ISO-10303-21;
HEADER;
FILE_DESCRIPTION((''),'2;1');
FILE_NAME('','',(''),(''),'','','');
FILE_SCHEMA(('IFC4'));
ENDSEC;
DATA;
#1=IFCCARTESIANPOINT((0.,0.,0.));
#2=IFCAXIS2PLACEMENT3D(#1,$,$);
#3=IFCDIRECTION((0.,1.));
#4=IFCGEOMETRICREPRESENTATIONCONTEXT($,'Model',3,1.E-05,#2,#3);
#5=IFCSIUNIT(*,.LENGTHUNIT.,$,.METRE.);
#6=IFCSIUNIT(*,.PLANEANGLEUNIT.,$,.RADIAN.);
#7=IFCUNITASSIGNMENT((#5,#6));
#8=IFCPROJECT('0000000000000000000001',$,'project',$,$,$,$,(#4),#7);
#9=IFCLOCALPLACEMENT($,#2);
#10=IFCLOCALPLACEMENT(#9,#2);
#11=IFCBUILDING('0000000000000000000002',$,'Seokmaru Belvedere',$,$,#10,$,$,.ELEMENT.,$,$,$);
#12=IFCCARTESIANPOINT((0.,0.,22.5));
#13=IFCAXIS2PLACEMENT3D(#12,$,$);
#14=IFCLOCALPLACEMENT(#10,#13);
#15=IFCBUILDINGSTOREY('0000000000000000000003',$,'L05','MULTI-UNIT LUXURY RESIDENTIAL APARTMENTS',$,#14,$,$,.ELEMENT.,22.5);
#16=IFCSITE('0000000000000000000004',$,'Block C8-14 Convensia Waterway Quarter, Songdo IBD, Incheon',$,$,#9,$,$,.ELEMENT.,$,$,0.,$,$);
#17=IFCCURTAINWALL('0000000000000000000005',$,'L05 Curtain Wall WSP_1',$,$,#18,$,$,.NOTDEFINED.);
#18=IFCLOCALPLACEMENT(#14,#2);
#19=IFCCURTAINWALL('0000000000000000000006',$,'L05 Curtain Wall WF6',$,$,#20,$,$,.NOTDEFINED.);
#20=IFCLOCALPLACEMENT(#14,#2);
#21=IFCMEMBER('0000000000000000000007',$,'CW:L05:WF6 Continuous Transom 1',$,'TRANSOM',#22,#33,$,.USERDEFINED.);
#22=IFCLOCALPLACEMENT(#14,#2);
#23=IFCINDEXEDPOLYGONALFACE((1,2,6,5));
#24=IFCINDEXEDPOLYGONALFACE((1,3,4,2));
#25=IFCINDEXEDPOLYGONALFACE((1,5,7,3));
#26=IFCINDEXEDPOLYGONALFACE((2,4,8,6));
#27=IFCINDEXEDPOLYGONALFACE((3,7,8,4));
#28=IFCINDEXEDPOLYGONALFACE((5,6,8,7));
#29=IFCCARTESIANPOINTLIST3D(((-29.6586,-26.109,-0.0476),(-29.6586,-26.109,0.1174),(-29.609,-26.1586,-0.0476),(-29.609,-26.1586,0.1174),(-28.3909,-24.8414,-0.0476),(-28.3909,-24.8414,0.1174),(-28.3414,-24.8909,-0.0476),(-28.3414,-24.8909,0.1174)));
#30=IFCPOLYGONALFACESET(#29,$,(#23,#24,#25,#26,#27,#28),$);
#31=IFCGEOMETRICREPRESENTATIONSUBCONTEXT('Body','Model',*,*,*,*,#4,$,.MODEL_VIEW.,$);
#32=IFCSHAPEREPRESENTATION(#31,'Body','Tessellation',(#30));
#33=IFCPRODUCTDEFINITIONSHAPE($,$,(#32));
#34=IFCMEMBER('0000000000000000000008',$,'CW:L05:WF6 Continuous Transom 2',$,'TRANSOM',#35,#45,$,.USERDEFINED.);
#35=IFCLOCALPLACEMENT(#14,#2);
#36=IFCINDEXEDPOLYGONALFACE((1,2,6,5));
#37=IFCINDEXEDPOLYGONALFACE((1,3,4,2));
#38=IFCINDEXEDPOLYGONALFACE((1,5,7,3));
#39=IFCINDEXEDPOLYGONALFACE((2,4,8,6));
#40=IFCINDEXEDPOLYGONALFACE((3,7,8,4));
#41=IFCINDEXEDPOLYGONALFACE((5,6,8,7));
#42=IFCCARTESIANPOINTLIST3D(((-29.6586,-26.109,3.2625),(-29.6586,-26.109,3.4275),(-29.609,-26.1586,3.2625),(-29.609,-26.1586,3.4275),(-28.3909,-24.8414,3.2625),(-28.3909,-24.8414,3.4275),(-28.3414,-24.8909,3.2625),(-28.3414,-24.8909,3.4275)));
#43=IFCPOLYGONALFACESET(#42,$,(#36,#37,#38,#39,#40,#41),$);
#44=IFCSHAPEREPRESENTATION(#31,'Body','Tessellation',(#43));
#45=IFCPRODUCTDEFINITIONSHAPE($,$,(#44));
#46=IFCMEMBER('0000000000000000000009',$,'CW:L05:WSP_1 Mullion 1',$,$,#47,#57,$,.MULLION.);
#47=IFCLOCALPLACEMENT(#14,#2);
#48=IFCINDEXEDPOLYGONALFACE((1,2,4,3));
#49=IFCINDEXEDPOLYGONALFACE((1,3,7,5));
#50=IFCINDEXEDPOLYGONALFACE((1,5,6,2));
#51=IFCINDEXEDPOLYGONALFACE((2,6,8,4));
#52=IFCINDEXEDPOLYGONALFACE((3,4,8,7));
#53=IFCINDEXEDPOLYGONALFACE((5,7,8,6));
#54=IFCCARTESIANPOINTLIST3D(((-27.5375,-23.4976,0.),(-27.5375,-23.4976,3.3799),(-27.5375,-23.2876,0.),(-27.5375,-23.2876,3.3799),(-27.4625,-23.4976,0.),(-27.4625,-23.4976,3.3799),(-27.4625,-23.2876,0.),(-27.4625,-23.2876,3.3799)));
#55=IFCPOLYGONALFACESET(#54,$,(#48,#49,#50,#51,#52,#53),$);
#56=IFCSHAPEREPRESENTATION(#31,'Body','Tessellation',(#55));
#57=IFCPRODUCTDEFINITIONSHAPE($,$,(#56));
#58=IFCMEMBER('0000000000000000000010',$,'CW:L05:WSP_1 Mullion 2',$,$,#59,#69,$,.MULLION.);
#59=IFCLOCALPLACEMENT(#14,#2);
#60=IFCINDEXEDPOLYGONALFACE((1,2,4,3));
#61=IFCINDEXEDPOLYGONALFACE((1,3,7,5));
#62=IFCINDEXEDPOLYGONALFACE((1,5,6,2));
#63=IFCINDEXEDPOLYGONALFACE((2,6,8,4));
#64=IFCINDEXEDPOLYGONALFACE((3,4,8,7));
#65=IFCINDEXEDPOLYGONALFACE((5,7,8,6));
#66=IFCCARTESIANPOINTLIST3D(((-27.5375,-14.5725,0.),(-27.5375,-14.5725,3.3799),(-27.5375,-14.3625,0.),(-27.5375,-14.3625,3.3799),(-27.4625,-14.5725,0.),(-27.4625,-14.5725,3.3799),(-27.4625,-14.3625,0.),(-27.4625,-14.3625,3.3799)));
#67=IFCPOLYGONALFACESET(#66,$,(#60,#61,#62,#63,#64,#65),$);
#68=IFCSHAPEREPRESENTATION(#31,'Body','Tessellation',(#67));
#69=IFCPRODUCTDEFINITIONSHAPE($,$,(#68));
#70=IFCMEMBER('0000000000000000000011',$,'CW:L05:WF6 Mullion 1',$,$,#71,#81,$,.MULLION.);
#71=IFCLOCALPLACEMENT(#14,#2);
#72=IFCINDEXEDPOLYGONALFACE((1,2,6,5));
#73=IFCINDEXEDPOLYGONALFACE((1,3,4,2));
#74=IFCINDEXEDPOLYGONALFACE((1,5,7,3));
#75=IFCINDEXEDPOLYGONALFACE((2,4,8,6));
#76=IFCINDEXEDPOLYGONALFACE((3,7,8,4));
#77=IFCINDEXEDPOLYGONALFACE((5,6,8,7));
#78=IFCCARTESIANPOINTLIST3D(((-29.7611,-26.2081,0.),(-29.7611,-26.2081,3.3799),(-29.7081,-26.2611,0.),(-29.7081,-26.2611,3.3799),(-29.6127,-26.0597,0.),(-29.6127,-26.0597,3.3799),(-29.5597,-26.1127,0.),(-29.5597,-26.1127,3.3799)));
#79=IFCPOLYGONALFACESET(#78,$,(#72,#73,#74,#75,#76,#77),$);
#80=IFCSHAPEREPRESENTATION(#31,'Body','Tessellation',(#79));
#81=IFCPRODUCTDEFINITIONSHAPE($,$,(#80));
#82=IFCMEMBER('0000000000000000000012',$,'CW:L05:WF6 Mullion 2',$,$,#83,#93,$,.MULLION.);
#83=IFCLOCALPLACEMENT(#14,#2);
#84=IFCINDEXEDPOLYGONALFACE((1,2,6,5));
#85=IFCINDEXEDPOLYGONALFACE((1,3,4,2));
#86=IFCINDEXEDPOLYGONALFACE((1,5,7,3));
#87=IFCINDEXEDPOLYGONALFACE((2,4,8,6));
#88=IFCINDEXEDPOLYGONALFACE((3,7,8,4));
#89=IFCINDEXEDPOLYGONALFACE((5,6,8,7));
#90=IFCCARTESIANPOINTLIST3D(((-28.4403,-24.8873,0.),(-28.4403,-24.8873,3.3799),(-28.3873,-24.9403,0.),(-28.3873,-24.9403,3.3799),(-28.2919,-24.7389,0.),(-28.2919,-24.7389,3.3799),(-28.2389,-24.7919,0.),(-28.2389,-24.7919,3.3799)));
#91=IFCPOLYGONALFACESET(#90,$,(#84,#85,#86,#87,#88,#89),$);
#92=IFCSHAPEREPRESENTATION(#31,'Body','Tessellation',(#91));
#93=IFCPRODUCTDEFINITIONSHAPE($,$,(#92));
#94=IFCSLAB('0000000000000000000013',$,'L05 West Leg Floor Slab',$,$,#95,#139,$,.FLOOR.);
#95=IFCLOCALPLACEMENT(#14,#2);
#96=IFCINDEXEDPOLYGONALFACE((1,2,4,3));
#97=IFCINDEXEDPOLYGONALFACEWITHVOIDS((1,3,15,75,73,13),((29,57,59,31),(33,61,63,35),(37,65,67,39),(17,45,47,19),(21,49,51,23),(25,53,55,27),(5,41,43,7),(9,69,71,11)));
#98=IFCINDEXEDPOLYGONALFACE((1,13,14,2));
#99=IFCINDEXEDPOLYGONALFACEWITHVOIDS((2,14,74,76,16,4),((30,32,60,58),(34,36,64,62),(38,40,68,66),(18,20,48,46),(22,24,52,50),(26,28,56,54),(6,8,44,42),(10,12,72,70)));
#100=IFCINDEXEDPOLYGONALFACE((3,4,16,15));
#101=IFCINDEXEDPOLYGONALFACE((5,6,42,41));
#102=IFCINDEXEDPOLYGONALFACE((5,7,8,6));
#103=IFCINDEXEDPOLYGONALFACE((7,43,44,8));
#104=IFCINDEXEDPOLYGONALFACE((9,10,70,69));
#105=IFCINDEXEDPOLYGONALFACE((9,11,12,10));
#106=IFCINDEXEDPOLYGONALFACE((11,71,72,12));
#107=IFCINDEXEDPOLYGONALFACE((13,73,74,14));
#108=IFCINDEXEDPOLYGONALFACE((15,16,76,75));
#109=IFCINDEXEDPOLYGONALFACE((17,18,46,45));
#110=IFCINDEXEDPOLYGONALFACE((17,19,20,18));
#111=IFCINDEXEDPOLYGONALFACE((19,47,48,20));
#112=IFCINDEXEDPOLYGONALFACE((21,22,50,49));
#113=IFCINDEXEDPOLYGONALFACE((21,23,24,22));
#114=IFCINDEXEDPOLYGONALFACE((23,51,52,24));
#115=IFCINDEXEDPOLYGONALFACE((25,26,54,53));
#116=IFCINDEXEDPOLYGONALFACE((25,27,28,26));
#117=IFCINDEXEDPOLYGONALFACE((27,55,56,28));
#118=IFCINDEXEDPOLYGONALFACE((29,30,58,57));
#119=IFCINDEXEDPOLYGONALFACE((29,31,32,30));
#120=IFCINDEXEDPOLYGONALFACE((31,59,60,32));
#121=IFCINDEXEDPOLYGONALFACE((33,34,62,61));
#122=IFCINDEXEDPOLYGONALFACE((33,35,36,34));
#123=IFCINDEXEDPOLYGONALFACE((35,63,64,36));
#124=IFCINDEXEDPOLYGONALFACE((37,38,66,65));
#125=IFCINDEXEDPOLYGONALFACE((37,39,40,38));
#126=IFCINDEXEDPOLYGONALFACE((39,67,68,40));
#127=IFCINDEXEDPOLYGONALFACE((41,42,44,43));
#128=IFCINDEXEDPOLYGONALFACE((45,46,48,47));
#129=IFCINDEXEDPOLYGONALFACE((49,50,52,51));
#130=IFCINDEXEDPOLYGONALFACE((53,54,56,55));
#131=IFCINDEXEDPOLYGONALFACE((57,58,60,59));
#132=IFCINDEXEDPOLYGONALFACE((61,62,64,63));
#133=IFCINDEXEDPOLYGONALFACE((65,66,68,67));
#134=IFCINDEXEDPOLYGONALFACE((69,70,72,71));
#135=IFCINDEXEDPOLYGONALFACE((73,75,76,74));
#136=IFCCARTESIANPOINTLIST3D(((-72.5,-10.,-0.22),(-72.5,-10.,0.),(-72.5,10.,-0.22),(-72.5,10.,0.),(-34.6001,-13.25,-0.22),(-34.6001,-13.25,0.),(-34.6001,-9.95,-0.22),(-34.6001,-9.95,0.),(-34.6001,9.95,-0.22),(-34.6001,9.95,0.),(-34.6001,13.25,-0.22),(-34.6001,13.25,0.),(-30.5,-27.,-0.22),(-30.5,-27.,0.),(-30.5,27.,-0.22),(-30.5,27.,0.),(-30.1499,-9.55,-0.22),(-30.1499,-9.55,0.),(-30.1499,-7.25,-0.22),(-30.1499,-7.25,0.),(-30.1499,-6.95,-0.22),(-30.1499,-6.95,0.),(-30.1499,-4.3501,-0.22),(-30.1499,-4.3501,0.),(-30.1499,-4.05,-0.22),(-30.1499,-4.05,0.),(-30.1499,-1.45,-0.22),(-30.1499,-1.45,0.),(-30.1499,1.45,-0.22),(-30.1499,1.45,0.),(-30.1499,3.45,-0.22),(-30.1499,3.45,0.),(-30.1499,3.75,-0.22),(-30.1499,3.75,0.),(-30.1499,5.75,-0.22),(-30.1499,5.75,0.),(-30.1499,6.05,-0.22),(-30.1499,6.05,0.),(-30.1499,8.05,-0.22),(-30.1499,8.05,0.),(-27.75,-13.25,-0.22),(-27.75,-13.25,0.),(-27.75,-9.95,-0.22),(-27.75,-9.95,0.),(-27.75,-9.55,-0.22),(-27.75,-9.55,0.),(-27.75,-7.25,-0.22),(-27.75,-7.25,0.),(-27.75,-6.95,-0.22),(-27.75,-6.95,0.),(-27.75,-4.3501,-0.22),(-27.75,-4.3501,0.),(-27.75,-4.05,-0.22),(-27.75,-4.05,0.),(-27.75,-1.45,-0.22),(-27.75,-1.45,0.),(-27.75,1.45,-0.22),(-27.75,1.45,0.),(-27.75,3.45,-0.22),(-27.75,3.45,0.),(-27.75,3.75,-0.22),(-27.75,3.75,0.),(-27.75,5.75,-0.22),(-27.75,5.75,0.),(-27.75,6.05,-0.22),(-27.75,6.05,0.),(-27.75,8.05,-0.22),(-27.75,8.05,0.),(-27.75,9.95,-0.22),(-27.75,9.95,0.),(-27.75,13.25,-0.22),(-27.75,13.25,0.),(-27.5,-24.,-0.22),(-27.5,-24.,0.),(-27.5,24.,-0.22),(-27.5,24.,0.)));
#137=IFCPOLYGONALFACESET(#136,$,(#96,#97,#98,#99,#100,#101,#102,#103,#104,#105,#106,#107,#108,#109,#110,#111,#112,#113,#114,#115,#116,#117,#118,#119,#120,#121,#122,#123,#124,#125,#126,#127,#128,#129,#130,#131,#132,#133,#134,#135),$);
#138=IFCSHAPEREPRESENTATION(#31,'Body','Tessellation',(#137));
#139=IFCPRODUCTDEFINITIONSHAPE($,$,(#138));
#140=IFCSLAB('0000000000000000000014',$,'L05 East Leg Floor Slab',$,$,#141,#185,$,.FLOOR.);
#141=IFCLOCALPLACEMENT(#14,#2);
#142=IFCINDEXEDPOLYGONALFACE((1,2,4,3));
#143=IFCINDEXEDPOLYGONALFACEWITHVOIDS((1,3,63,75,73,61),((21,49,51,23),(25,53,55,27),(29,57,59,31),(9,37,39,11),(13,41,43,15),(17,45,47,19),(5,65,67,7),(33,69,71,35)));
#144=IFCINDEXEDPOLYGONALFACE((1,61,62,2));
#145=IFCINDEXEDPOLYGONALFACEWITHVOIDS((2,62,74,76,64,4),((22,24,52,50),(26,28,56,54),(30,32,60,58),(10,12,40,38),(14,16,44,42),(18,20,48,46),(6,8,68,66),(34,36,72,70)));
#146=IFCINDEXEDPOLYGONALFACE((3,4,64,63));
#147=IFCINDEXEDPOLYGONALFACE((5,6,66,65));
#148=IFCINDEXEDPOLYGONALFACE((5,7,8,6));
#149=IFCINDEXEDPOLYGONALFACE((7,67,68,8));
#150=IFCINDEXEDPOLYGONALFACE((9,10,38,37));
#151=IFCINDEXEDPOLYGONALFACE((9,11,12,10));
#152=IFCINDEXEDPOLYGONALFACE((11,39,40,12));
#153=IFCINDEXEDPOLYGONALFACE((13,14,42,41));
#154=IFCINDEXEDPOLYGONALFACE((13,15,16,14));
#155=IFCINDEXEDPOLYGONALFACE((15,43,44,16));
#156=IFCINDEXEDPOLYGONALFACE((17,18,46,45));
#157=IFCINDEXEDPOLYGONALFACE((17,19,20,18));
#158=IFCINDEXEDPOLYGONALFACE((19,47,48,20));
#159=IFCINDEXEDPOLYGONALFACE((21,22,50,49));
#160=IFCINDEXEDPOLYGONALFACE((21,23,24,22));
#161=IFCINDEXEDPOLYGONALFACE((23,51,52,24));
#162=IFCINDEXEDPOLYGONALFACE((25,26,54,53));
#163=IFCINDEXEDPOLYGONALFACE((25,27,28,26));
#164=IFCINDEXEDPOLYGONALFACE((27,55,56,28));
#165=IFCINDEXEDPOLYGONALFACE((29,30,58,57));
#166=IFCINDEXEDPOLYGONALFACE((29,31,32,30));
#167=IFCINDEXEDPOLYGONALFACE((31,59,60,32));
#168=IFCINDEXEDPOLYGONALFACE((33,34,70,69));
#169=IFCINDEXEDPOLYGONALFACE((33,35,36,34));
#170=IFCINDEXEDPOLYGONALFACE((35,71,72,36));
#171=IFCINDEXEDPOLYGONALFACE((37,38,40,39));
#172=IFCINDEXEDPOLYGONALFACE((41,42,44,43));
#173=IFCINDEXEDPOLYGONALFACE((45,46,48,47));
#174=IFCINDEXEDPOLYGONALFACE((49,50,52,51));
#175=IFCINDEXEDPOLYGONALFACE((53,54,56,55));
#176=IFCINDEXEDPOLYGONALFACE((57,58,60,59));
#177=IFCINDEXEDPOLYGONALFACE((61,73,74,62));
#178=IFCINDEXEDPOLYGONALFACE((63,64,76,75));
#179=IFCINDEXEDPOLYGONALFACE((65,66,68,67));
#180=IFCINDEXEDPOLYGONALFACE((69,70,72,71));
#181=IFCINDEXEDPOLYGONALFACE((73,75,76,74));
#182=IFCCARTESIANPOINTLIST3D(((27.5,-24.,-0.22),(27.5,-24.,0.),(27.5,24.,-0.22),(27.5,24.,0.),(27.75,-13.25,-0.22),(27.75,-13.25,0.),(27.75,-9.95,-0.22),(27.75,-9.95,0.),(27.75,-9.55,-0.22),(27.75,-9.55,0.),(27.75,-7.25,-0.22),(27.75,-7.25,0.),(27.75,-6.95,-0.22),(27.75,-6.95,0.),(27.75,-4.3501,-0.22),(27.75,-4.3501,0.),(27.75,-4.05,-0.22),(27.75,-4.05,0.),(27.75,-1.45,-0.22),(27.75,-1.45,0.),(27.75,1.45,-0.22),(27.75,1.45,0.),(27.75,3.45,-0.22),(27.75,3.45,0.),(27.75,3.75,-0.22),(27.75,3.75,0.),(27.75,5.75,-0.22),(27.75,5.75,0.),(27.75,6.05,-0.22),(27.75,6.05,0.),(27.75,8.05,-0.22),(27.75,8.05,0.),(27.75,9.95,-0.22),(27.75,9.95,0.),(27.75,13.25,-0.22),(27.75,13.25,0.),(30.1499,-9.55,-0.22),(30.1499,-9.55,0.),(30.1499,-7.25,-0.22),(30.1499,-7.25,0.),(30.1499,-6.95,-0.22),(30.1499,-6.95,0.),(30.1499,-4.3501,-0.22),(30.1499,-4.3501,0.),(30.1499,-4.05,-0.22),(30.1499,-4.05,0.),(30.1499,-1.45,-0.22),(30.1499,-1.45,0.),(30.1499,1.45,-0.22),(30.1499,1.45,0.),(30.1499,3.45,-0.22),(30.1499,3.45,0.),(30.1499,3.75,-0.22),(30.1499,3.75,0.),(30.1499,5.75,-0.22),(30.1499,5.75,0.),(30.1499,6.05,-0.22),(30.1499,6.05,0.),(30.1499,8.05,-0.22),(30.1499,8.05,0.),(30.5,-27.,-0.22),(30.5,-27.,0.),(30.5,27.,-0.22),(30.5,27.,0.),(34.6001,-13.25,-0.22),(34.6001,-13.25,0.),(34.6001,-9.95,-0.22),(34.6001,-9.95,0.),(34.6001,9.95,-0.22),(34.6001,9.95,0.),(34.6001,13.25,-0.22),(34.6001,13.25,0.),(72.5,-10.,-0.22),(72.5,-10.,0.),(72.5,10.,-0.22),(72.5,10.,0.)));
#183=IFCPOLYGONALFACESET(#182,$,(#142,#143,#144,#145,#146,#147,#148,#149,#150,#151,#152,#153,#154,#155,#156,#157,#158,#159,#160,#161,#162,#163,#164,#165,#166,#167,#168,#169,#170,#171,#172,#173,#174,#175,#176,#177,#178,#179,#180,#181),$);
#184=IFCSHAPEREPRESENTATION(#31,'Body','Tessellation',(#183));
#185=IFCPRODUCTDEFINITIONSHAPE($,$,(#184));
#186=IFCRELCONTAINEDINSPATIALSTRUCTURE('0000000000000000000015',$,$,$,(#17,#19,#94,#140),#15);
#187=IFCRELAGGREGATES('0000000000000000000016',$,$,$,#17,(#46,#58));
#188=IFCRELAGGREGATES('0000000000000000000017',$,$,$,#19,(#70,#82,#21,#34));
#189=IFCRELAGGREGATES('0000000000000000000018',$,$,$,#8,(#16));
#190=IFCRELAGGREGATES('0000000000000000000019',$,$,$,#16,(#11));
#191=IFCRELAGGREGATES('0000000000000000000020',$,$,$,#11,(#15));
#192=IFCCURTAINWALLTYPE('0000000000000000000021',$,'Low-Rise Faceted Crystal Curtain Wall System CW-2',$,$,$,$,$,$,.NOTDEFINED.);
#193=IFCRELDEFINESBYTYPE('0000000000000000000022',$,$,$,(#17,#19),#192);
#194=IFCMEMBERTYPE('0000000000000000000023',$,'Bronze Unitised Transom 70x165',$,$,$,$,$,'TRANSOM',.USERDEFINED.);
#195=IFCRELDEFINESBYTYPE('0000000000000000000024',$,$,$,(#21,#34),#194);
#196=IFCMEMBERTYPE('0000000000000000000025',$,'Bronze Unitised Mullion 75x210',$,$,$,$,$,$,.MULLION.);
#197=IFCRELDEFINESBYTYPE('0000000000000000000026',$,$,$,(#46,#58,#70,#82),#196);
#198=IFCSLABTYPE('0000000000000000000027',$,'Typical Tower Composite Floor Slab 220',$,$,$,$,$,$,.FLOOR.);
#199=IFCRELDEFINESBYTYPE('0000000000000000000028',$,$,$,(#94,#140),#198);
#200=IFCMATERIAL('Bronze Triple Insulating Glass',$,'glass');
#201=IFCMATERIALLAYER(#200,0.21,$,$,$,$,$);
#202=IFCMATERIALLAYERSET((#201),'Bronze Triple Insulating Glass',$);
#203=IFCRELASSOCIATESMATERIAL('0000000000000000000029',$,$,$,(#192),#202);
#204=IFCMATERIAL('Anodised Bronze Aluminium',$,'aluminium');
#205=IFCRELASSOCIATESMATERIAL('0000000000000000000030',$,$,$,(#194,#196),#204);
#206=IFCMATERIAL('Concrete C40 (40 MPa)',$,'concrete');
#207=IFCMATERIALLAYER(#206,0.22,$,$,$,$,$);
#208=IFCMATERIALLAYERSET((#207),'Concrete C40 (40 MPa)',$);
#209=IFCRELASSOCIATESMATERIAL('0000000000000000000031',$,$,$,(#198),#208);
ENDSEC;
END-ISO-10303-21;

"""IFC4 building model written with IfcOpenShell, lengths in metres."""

from ifc_helpers import new_model, si_unit, direction, frame, origin, origin_2d, place, context, subcontext, project, spatial, polyline, rectangle, outline, extrude, source, transform, mapped, material, layer, layer_set, material_profile, profile_set, type_object, type_shapes, element, aggregate, save


model = new_model("IFC4")

# Units and contexts
model_context = context("Model", 3, precision=1e-05, world=origin(), true_north=direction((0.0, 1.0)))
body_context = subcontext(model_context, "Body", "Model", "MODEL_VIEW")
ifc_project = project(units=[si_unit("LENGTHUNIT", "METRE"), si_unit("PLANEANGLEUNIT", "RADIAN")], contexts=[model_context])

# Site, building, storey
site_placement = place(None, origin())
site = spatial("IfcSite", under=ifc_project, at=site_placement, Name="Block C8-14 Convensia Waterway Quarter, Songdo IBD, Incheon", CompositionType="ELEMENT", RefElevation=0.0)
building_placement = place(site_placement, origin())
building = spatial("IfcBuilding", under=site, at=building_placement, Name="Seokmaru Belvedere", CompositionType="ELEMENT")
storey_placement = place(building_placement, frame((0.0, 0.0, 22.5)))
storey = spatial("IfcBuildingStorey", under=building, at=storey_placement, Name="L05", Description="MULTI-UNIT LUXURY RESIDENTIAL APARTMENTS", CompositionType="ELEMENT", Elevation=22.5)

# Curtain walls, members
ifc_material_1 = material(Name="Bronze Triple Insulating Glass", Category="glass")
ifc_layer_1 = layer(ifc_material_1, 0.21)
ifc_layer_set_1 = layer_set([ifc_layer_1], Name="Bronze Triple Insulating Glass")
curtain_wall_type = type_object("IfcCurtainWallType", Name="Low-Rise Faceted Crystal Curtain Wall System CW-2", PredefinedType="NOTDEFINED", material=ifc_layer_set_1)
curtain_wall_1_placement = place(storey_placement, origin())
curtain_wall_1 = element("IfcCurtainWall", 1, at=curtain_wall_1_placement, inside=storey, type_object=curtain_wall_type, Name="L05 Curtain Wall WSP_1", PredefinedType="NOTDEFINED")
ifc_material_2 = material(Name="Anodised Bronze Aluminium", Category="aluminium")
ifc_material_profile_1 = material_profile(ifc_material_2, rectangle(XDim=0.0701, YDim=0.165, at=origin_2d()), Name="CW-T-70x165")
ifc_profile_set_1 = profile_set([ifc_material_profile_1], Name="Anodised Bronze Aluminium")
member_type_1 = type_object("IfcMemberType", Name="Bronze Unitised Transom 70x165", ElementType="TRANSOM", PredefinedType="USERDEFINED", material=ifc_profile_set_1)
curtain_wall_2_placement = place(storey_placement, origin())
curtain_wall_2 = element("IfcCurtainWall", 2, at=curtain_wall_2_placement, inside=storey, type_object=curtain_wall_type, Name="L05 Curtain Wall WF6", PredefinedType="NOTDEFINED")
shared_shape_1 = source(origin(), body_context, "Body", "SweptSolid", [
    extrude(rectangle(XDim=0.0701, YDim=0.165, at=origin_2d()), origin(), (0.0, 0.0, 1.0), 1.7927),
])
member_1_placement = place(storey_placement, frame((-29.6338, -26.1338, 0.0349), z_axis=(0.707107, 0.707107, 0.0), x_axis=(-0.707107, 0.707107, 0.0)))
member_1 = element("IfcMember", 3, at=member_1_placement, type_object=member_type_1, Name="CW:L05:WF6 Continuous Transom 1", ObjectType="TRANSOM", PredefinedType="USERDEFINED", context=body_context, shape_type="MappedRepresentation", body=[
    mapped(shared_shape_1, transform((0.0, 0.0, 0.0), scale=1.0)),
])
member_2_placement = place(storey_placement, frame((-29.6338, -26.1338, 3.345), z_axis=(0.707107, 0.707107, 0.0), x_axis=(-0.707107, 0.707107, 0.0)))
member_2 = element("IfcMember", 4, at=member_2_placement, type_object=member_type_1, Name="CW:L05:WF6 Continuous Transom 2", ObjectType="TRANSOM", PredefinedType="USERDEFINED", context=body_context, shape_type="MappedRepresentation", body=[
    mapped(shared_shape_1, transform((0.0, 0.0, 0.0), scale=1.0)),
])

# Members
ifc_material_profile_2 = material_profile(ifc_material_2, rectangle(XDim=0.075, YDim=0.21, at=origin_2d()), Name="CW-M-75x210")
ifc_profile_set_2 = profile_set([ifc_material_profile_2], Name="Anodised Bronze Aluminium")
member_type_2 = type_object("IfcMemberType", Name="Bronze Unitised Mullion 75x210", PredefinedType="MULLION", material=ifc_profile_set_2)
shared_shape_2 = source(origin(), body_context, "Body", "SweptSolid", [
    extrude(rectangle(XDim=0.075, YDim=0.21, at=origin_2d()), origin(), (0.0, 0.0, 1.0), 3.3799),
])
type_shapes(member_type_2, [shared_shape_2])
member_3_placement = place(storey_placement, frame((-27.5, -23.3926, 0.0), z_axis=(0.0, 0.0, 1.0), x_axis=(-1.0, 0.0, 0.0)))
member_3 = element("IfcMember", 5, at=member_3_placement, type_object=member_type_2, Name="CW:L05:WSP_1 Mullion 1", PredefinedType="MULLION", context=body_context, shape_type="MappedRepresentation", body=[
    mapped(shared_shape_2, transform((0.0, 0.0, 0.0), scale=1.0)),
])
member_4_placement = place(storey_placement, frame((-27.5, -14.4675, 0.0), z_axis=(0.0, 0.0, 1.0), x_axis=(-1.0, 0.0, 0.0)))
member_4 = element("IfcMember", 6, at=member_4_placement, type_object=member_type_2, Name="CW:L05:WSP_1 Mullion 2", PredefinedType="MULLION", context=body_context, shape_type="MappedRepresentation", body=[
    mapped(shared_shape_2, transform((0.0, 0.0, 0.0), scale=1.0)),
])
member_5_placement = place(storey_placement, frame((-29.6604, -26.1604, 0.0), z_axis=(0.0, 0.0, 1.0), x_axis=(-0.707107, 0.707107, 0.0)))
member_5 = element("IfcMember", 7, at=member_5_placement, type_object=member_type_2, Name="CW:L05:WF6 Mullion 1", PredefinedType="MULLION", context=body_context, shape_type="MappedRepresentation", body=[
    mapped(shared_shape_2, transform((0.0, 0.0, 0.0), scale=1.0)),
])
member_6_placement = place(storey_placement, frame((-28.3396, -24.8396, 0.0), z_axis=(0.0, 0.0, 1.0), x_axis=(-0.707107, 0.707107, 0.0)))
member_6 = element("IfcMember", 8, at=member_6_placement, type_object=member_type_2, Name="CW:L05:WF6 Mullion 2", PredefinedType="MULLION", context=body_context, shape_type="MappedRepresentation", body=[
    mapped(shared_shape_2, transform((0.0, 0.0, 0.0), scale=1.0)),
])

# Slabs
ifc_material_3 = material(Name="Concrete C40 (40 MPa)", Category="concrete")
ifc_layer_2 = layer(ifc_material_3, 0.22)
ifc_layer_set_2 = layer_set([ifc_layer_2], Name="Concrete C40 (40 MPa)")
slab_type = type_object("IfcSlabType", Name="Typical Tower Composite Floor Slab 220", PredefinedType="FLOOR", material=ifc_layer_set_2)
slab_1_placement = place(storey_placement, frame((0.0, 0.0, -0.22)))
element("IfcSlab", 9, at=slab_1_placement, inside=storey, type_object=slab_type, Name="L05 West Leg Floor Slab", PredefinedType="FLOOR", context=body_context, shape_type="SweptSolid", body=[
    extrude(outline(polyline([(-27.5, -24.0), (-27.5, 24.0), (-30.5, 27.0), (-72.5, 10.0), (-72.5, -10.0), (-30.5, -27.0), (-27.5, -24.0)]), holes=[polyline([(-34.6001, -13.25), (-27.75, -13.25), (-27.75, -9.95), (-34.6001, -9.95), (-34.6001, -13.25)]), polyline([(-34.6001, 9.95), (-27.75, 9.95), (-27.75, 13.25), (-34.6001, 13.25), (-34.6001, 9.95)]), polyline([(-30.1499, -9.55), (-27.75, -9.55), (-27.75, -7.25), (-30.1499, -7.25), (-30.1499, -9.55)]), polyline([(-30.1499, -6.95), (-27.75, -6.95), (-27.75, -4.3501), (-30.1499, -4.3501), (-30.1499, -6.95)]), polyline([(-30.1499, -4.05), (-27.75, -4.05), (-27.75, -1.45), (-30.1499, -1.45), (-30.1499, -4.05)]), polyline([(-30.1499, 1.45), (-27.75, 1.45), (-27.75, 3.45), (-30.1499, 3.45), (-30.1499, 1.45)]), polyline([(-30.1499, 3.75), (-27.75, 3.75), (-27.75, 5.75), (-30.1499, 5.75), (-30.1499, 3.75)]), polyline([(-30.1499, 6.05), (-27.75, 6.05), (-27.75, 8.05), (-30.1499, 8.05), (-30.1499, 6.05)])]), origin(), (0.0, 0.0, 1.0), 0.22),
])
slab_2_placement = place(storey_placement, frame((0.0, 0.0, -0.22)))
element("IfcSlab", 10, at=slab_2_placement, inside=storey, type_object=slab_type, Name="L05 East Leg Floor Slab", PredefinedType="FLOOR", context=body_context, shape_type="SweptSolid", body=[
    extrude(outline(polyline([(30.5, -27.0), (72.5, -10.0), (72.5, 10.0), (30.5, 27.0), (27.5, 24.0), (27.5, -24.0), (30.5, -27.0)]), holes=[polyline([(27.75, -13.25), (34.6001, -13.25), (34.6001, -9.95), (27.75, -9.95), (27.75, -13.25)]), polyline([(27.75, 9.95), (34.6001, 9.95), (34.6001, 13.25), (27.75, 13.25), (27.75, 9.95)]), polyline([(27.75, -9.55), (30.1499, -9.55), (30.1499, -7.25), (27.75, -7.25), (27.75, -9.55)]), polyline([(27.75, -6.95), (30.1499, -6.95), (30.1499, -4.3501), (27.75, -4.3501), (27.75, -6.95)]), polyline([(27.75, -4.05), (30.1499, -4.05), (30.1499, -1.45), (27.75, -1.45), (27.75, -4.05)]), polyline([(27.75, 1.45), (30.1499, 1.45), (30.1499, 3.45), (27.75, 3.45), (27.75, 1.45)]), polyline([(27.75, 3.75), (30.1499, 3.75), (30.1499, 5.75), (27.75, 5.75), (27.75, 3.75)]), polyline([(27.75, 6.05), (30.1499, 6.05), (30.1499, 8.05), (27.75, 8.05), (27.75, 6.05)])]), origin(), (0.0, 0.0, 1.0), 0.22),
])

aggregate(curtain_wall_1, [member_3, member_4])
aggregate(curtain_wall_2, [member_5, member_6, member_1, member_2])

save(model, "model.ifc")
